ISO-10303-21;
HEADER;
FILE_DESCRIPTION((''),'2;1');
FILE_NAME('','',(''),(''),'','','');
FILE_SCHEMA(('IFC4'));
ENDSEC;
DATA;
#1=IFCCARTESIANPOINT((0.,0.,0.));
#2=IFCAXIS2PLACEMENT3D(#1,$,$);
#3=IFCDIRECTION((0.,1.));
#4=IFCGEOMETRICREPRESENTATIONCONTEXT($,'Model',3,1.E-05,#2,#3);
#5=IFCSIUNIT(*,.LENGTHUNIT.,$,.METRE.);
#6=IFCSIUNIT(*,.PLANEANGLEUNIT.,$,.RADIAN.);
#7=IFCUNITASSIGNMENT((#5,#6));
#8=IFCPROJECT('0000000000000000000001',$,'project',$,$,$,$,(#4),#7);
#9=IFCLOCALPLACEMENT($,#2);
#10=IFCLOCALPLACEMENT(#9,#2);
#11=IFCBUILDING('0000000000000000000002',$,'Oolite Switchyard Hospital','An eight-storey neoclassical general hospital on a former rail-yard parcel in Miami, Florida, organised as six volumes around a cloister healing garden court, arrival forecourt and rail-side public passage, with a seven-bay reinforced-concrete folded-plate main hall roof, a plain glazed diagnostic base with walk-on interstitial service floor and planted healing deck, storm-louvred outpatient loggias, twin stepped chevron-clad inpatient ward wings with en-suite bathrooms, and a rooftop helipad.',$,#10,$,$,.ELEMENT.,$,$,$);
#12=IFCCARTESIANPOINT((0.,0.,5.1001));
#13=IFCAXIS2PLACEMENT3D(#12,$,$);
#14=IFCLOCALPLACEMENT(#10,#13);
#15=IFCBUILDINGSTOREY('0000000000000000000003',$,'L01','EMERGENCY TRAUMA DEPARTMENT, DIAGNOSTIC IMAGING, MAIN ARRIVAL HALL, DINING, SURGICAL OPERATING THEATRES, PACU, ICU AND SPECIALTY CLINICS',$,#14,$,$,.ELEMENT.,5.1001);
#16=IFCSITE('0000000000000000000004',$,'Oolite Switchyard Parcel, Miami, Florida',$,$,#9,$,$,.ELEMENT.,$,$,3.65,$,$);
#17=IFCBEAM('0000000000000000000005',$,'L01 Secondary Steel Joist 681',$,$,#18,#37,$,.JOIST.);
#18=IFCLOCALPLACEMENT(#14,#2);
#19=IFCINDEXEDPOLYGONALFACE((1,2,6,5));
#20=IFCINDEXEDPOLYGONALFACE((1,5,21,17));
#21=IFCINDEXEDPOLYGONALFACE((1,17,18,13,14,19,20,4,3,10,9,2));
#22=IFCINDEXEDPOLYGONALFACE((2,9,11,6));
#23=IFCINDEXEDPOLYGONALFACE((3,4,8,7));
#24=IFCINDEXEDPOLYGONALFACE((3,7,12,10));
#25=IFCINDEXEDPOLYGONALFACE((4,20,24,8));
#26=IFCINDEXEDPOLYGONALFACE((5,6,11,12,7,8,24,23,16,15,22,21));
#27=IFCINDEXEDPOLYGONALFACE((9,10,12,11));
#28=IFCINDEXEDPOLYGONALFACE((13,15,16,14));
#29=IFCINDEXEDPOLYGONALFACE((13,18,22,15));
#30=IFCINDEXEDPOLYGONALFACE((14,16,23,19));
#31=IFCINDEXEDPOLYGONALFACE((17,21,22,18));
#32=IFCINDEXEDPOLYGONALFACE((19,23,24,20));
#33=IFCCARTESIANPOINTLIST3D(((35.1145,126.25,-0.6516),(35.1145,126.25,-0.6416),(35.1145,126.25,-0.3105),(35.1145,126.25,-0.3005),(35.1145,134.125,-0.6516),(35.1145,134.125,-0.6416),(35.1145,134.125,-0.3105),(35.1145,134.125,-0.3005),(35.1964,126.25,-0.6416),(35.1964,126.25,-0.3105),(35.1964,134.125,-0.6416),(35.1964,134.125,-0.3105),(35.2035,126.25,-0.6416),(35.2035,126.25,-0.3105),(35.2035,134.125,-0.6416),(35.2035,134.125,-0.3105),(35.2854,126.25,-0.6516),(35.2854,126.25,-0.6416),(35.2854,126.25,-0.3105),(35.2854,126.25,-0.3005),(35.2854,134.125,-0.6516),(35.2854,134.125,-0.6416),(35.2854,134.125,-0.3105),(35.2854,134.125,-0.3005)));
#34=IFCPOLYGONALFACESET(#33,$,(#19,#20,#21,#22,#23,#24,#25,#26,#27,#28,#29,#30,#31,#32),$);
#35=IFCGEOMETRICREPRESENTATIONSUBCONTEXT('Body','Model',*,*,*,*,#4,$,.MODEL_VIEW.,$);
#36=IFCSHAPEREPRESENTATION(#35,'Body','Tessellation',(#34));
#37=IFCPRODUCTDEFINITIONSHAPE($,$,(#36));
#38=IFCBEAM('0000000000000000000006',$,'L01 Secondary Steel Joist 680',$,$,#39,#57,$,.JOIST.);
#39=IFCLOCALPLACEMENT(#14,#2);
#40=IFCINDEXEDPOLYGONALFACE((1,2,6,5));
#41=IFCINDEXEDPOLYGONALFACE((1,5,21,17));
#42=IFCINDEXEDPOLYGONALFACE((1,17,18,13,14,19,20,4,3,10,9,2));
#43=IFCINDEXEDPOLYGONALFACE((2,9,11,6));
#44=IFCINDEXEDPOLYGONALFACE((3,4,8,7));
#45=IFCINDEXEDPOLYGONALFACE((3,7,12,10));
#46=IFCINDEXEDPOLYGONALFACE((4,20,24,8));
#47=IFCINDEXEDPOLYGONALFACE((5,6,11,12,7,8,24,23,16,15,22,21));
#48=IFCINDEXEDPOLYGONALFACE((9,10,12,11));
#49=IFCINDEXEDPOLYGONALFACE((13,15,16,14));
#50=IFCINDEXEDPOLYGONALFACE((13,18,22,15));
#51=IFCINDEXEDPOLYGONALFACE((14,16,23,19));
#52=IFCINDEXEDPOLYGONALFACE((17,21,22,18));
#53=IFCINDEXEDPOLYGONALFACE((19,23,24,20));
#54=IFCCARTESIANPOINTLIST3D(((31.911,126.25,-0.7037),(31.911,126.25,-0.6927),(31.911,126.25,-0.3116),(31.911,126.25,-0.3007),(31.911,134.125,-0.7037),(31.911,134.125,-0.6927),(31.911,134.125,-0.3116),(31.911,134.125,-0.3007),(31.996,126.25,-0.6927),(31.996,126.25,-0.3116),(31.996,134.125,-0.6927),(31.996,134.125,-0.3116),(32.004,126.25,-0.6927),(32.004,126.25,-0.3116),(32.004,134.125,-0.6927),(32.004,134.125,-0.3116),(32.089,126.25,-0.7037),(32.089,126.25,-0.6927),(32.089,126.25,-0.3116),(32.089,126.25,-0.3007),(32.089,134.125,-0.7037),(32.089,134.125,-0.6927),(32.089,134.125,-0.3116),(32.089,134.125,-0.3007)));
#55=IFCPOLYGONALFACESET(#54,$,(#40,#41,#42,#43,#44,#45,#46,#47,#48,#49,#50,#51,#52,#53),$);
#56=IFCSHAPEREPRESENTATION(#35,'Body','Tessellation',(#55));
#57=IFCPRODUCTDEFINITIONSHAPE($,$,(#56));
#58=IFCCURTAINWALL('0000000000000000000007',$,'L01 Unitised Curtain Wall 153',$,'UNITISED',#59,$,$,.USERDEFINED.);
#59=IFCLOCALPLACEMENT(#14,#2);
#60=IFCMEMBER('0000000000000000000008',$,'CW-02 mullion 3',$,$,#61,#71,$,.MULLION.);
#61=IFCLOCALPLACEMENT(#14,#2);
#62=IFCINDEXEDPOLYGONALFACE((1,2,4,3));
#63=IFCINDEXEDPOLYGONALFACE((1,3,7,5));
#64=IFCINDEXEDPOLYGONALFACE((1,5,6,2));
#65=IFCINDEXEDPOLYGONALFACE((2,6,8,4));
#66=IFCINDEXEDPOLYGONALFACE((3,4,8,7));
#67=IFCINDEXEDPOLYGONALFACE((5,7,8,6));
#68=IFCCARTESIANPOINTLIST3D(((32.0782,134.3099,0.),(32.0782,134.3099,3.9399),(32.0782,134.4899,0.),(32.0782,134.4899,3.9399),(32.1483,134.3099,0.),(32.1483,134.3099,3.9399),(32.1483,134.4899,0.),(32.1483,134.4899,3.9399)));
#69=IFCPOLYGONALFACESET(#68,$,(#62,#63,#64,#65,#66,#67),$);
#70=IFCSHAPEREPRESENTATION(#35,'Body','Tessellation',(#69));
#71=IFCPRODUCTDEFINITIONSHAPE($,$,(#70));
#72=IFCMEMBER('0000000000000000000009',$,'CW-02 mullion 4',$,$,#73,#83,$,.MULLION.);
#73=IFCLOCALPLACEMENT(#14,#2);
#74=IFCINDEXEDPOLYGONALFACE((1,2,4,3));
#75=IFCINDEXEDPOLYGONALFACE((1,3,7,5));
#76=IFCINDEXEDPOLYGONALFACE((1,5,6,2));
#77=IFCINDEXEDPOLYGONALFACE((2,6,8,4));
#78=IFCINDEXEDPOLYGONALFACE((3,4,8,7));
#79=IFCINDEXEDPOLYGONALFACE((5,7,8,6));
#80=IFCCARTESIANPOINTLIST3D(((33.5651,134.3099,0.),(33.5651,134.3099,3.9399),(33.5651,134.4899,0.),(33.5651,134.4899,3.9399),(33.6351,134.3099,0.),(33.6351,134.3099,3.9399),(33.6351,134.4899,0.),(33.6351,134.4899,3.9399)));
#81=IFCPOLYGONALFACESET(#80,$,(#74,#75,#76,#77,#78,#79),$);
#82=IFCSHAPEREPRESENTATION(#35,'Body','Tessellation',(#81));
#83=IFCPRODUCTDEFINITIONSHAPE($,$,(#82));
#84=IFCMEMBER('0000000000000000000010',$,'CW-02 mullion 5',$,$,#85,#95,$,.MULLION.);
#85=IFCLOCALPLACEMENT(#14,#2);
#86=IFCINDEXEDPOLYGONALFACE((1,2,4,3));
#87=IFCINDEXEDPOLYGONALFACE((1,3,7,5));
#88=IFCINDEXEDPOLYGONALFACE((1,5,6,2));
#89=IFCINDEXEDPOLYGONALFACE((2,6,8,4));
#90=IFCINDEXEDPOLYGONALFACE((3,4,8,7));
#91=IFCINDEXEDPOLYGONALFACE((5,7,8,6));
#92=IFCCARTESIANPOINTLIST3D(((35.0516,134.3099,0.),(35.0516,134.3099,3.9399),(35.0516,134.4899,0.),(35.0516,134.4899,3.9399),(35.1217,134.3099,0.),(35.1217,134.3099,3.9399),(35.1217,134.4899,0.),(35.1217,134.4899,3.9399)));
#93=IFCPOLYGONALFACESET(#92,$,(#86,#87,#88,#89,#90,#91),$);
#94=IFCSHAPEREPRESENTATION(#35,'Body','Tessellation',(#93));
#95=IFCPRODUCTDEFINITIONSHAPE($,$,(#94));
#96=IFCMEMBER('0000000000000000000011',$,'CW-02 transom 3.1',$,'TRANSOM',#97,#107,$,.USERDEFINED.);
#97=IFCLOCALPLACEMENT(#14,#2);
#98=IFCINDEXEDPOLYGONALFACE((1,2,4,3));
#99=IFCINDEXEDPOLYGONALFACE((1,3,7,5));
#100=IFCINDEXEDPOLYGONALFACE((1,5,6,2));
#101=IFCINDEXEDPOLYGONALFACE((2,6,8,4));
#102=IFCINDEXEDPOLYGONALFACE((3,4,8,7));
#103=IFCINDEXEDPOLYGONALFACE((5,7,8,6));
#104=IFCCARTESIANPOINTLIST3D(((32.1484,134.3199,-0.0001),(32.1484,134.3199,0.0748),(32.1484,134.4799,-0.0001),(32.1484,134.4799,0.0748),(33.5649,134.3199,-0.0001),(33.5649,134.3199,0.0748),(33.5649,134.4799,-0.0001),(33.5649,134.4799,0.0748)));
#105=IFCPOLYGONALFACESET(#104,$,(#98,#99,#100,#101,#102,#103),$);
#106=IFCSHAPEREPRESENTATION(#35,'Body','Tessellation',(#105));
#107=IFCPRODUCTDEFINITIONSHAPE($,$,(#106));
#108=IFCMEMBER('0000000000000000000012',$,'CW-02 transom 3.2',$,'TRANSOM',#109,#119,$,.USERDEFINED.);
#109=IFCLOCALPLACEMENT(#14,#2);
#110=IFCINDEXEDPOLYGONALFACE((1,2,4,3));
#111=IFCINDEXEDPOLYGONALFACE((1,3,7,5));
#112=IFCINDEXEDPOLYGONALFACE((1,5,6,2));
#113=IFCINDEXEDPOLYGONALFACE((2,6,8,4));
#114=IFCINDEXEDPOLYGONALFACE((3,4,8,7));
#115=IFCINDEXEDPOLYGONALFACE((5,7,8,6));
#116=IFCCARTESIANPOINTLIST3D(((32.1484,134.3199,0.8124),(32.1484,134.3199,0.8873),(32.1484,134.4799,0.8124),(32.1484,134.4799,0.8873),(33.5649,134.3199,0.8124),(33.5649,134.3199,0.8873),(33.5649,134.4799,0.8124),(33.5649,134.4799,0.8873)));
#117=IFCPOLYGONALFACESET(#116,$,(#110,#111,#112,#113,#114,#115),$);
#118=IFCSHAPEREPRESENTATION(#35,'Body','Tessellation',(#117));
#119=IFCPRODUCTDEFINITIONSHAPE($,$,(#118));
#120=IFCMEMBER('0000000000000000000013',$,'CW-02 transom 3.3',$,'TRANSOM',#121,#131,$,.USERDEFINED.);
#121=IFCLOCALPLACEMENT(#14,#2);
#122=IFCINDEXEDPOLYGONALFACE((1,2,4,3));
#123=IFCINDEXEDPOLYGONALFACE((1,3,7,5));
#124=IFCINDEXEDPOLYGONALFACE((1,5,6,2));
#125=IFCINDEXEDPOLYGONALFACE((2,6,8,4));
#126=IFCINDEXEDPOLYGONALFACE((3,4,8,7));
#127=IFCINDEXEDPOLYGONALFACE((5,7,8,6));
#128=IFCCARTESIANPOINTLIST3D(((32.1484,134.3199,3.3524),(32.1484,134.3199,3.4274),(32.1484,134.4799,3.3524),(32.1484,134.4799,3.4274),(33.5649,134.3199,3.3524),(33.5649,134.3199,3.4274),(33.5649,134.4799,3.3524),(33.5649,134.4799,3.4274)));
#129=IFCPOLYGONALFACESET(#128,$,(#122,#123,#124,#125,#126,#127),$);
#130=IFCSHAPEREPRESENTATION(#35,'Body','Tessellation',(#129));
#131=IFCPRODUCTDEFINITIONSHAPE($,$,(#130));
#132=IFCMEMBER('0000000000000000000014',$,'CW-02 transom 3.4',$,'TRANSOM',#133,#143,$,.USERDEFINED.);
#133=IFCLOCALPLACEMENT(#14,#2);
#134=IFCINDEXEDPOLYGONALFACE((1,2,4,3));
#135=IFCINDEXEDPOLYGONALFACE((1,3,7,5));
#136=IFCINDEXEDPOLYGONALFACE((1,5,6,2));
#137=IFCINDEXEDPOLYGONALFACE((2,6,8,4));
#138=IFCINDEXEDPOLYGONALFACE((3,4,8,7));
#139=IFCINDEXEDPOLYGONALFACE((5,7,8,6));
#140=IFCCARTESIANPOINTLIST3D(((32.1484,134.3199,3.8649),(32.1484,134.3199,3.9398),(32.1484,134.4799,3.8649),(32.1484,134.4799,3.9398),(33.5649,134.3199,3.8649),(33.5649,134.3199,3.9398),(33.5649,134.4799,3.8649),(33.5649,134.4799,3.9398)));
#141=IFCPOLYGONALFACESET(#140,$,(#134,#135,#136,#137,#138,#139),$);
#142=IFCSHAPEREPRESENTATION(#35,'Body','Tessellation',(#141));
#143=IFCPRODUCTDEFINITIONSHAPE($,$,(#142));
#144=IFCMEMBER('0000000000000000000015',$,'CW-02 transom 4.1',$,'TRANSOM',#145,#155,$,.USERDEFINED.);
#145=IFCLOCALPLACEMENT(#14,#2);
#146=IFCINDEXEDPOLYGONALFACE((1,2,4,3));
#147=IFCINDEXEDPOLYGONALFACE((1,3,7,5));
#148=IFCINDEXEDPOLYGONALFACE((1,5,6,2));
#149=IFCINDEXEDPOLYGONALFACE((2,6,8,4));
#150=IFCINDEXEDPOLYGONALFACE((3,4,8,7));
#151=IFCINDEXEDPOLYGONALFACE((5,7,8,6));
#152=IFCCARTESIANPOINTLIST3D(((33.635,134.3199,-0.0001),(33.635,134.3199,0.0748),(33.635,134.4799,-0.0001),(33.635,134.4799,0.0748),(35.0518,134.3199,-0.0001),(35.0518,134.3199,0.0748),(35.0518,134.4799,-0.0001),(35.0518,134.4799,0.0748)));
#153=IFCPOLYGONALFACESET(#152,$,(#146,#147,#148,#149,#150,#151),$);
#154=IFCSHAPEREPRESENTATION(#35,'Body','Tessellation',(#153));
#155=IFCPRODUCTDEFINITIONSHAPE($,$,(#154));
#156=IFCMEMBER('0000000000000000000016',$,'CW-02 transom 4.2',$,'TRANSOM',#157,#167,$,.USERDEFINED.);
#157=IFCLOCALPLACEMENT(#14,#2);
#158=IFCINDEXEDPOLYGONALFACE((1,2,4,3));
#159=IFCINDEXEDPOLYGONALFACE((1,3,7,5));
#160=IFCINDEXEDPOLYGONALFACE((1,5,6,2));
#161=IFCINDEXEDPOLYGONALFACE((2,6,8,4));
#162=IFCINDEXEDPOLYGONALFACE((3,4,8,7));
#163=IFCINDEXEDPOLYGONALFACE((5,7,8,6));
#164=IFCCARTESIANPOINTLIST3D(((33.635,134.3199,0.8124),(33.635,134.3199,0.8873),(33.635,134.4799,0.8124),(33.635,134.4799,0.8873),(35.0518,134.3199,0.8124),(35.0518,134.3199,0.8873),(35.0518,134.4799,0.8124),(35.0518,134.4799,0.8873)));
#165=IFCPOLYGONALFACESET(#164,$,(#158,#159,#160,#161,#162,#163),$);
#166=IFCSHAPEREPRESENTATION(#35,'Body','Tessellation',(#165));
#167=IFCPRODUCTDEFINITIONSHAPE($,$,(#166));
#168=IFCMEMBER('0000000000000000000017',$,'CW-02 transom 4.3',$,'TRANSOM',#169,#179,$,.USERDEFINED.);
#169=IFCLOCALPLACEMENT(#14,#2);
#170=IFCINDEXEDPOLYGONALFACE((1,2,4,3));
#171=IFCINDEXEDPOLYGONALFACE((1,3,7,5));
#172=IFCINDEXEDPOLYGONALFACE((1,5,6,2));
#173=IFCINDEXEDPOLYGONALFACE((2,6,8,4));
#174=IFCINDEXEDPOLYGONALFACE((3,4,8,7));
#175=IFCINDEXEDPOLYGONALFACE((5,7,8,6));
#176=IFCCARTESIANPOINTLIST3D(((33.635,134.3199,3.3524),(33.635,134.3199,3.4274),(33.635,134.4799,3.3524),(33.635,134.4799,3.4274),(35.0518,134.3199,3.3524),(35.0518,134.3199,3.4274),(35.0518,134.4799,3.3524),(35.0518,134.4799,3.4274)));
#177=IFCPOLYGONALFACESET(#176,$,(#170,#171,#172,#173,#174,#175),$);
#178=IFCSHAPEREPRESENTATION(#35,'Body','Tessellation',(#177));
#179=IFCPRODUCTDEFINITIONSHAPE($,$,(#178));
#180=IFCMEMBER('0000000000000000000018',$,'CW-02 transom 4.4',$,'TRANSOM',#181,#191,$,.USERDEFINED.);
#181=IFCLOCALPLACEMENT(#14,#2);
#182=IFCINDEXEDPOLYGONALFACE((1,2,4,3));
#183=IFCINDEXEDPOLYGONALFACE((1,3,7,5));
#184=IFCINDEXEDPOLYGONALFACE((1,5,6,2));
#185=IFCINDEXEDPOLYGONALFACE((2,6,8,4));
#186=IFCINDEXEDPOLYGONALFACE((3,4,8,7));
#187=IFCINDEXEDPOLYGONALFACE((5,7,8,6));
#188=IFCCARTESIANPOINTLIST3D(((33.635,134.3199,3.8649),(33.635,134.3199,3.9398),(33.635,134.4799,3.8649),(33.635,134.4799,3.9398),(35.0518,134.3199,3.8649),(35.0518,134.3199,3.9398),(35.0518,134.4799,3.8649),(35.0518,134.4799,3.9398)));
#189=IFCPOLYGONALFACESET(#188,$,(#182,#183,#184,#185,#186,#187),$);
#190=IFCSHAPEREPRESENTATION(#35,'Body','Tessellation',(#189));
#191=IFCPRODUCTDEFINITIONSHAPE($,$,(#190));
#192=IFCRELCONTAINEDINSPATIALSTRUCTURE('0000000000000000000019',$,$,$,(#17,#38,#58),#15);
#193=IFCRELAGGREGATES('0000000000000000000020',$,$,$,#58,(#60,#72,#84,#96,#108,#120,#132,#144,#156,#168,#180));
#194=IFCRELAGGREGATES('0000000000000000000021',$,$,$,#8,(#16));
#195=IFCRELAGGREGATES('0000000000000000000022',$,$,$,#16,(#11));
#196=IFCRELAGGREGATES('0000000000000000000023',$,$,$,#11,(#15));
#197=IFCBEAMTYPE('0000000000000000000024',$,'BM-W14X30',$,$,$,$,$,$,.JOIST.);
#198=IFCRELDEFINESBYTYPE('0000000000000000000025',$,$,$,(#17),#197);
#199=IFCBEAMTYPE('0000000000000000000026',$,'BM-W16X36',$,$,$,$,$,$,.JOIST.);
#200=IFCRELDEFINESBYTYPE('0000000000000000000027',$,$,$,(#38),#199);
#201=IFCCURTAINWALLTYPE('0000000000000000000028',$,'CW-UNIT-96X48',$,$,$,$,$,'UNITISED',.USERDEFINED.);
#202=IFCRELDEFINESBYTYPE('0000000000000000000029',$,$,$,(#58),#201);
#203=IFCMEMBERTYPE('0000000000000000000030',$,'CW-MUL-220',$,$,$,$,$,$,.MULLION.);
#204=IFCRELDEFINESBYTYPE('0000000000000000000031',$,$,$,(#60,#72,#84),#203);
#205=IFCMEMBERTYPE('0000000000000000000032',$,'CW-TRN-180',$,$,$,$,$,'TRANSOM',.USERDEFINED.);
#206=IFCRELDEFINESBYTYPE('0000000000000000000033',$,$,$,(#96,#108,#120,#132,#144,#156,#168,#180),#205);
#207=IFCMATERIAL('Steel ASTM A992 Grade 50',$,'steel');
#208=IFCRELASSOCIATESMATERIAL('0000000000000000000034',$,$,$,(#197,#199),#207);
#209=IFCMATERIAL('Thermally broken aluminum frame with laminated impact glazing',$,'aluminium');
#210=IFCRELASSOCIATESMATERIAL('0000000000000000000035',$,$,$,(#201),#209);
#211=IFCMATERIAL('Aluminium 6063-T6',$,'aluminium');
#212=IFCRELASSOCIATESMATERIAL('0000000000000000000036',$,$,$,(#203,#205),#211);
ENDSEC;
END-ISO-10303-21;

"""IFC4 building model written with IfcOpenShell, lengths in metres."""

from ifc_helpers import new_model, si_unit, direction, frame, origin, origin_2d, place, context, subcontext, project, spatial, rectangle, i_section, extrude, material, material_profile, profile_set, type_object, element, aggregate, save


model = new_model("IFC4")

# Units and contexts
model_context = context("Model", 3, precision=1e-05, world=origin(), true_north=direction((0.0, 1.0)))
body_context = subcontext(model_context, "Body", "Model", "MODEL_VIEW")
ifc_project = project(units=[si_unit("LENGTHUNIT", "METRE"), si_unit("PLANEANGLEUNIT", "RADIAN")], contexts=[model_context])

# Site, building, storey
site_placement = place(None, origin())
site = spatial("IfcSite", under=ifc_project, at=site_placement, Name="Oolite Switchyard Parcel, Miami, Florida", CompositionType="ELEMENT", RefElevation=3.65)
building_placement = place(site_placement, origin())
building = spatial("IfcBuilding", under=site, at=building_placement, Name="Oolite Switchyard Hospital", Description="An eight-storey neoclassical general hospital on a former rail-yard parcel in Miami, Florida, organised as six volumes around a cloister healing garden court, arrival forecourt and rail-side public passage, with a seven-bay reinforced-concrete folded-plate main hall roof, a plain glazed diagnostic base with walk-on interstitial service floor and planted healing deck, storm-louvred outpatient loggias, twin stepped chevron-clad inpatient ward wings with en-suite bathrooms, and a rooftop helipad.", CompositionType="ELEMENT")
storey_placement = place(building_placement, frame((0.0, 0.0, 5.1001)))
storey = spatial("IfcBuildingStorey", under=building, at=storey_placement, Name="L01", Description="EMERGENCY TRAUMA DEPARTMENT, DIAGNOSTIC IMAGING, MAIN ARRIVAL HALL, DINING, SURGICAL OPERATING THEATRES, PACU, ICU AND SPECIALTY CLINICS", CompositionType="ELEMENT", Elevation=5.1001)

# Beams
ifc_material_1 = material(Name="Steel ASTM A992 Grade 50", Category="steel")
ifc_material_profile_1 = material_profile(ifc_material_1, i_section(OverallWidth=0.1709, OverallDepth=0.3511, WebThickness=0.0071, FlangeThickness=0.01, at=origin_2d()), Name="W14X30")
ifc_profile_set_1 = profile_set([ifc_material_profile_1], Name="Steel ASTM A992 Grade 50")
beam_type_1 = type_object("IfcBeamType", Name="BM-W14X30", PredefinedType="JOIST", material=ifc_profile_set_1)
beam_1_placement = place(storey_placement, frame((35.2, 126.25, -0.4761), z_axis=(0.0, 1.0, 0.0), x_axis=(-1.0, 0.0, 0.0)))
element("IfcBeam", 1, at=beam_1_placement, inside=storey, type_object=beam_type_1, Name="L01 Secondary Steel Joist 681", PredefinedType="JOIST", context=body_context, shape_type="SweptSolid", body=[
    extrude(i_section(OverallWidth=0.1709, OverallDepth=0.3511, WebThickness=0.0071, FlangeThickness=0.01, at=origin_2d()), origin(), (0.0, 0.0, 1.0), 7.875),
])
ifc_material_profile_2 = material_profile(ifc_material_1, i_section(OverallWidth=0.178, OverallDepth=0.4031, WebThickness=0.0081, FlangeThickness=0.011, at=origin_2d()), Name="W16X36")
ifc_profile_set_2 = profile_set([ifc_material_profile_2], Name="Steel ASTM A992 Grade 50")
beam_type_2 = type_object("IfcBeamType", Name="BM-W16X36", PredefinedType="JOIST", material=ifc_profile_set_2)
beam_2_placement = place(storey_placement, frame((32.0, 126.25, -0.5022), z_axis=(0.0, 1.0, 0.0), x_axis=(-1.0, 0.0, 0.0)))
element("IfcBeam", 2, at=beam_2_placement, inside=storey, type_object=beam_type_2, Name="L01 Secondary Steel Joist 680", PredefinedType="JOIST", context=body_context, shape_type="SweptSolid", body=[
    extrude(i_section(OverallWidth=0.178, OverallDepth=0.4031, WebThickness=0.0081, FlangeThickness=0.011, at=origin_2d()), origin(), (0.0, 0.0, 1.0), 7.875),
])

# Curtain wall, members
ifc_material_2 = material(Name="Thermally broken aluminum frame with laminated impact glazing", Category="aluminium")
curtain_wall_type = type_object("IfcCurtainWallType", Name="CW-UNIT-96X48", ElementType="UNITISED", PredefinedType="USERDEFINED", material=ifc_material_2)
curtain_wall_placement = place(storey_placement, origin())
curtain_wall = element("IfcCurtainWall", 3, at=curtain_wall_placement, inside=storey, type_object=curtain_wall_type, Name="L01 Unitised Curtain Wall 153", ObjectType="UNITISED", PredefinedType="USERDEFINED")
ifc_material_3 = material(Name="Aluminium 6063-T6", Category="aluminium")
ifc_material_profile_3 = material_profile(ifc_material_3, rectangle(XDim=0.1799, YDim=0.0701, at=origin_2d()), Name="CWM70X180")
ifc_profile_set_3 = profile_set([ifc_material_profile_3], Name="Aluminium 6063-T6")
member_type_1 = type_object("IfcMemberType", Name="CW-MUL-220", PredefinedType="MULLION", material=ifc_profile_set_3)
member_1_placement = place(storey_placement, frame((32.1133, 134.3999, 0.0), z_axis=(0.0, 0.0, 1.0), x_axis=(0.0, 1.0, 0.0)))
member_1 = element("IfcMember", 4, at=member_1_placement, type_object=member_type_1, Name="CW-02 mullion 3", PredefinedType="MULLION", context=body_context, shape_type="SweptSolid", body=[
    extrude(rectangle(XDim=0.1799, YDim=0.0701, at=origin_2d()), origin(), (0.0, 0.0, 1.0), 3.9399),
])
member_2_placement = place(storey_placement, frame((33.6001, 134.3999, 0.0), z_axis=(0.0, 0.0, 1.0), x_axis=(0.0, 1.0, 0.0)))
member_2 = element("IfcMember", 5, at=member_2_placement, type_object=member_type_1, Name="CW-02 mullion 4", PredefinedType="MULLION", context=body_context, shape_type="SweptSolid", body=[
    extrude(rectangle(XDim=0.1799, YDim=0.0701, at=origin_2d()), origin(), (0.0, 0.0, 1.0), 3.9399),
])
member_3_placement = place(storey_placement, frame((35.0867, 134.3999, 0.0), z_axis=(0.0, 0.0, 1.0), x_axis=(0.0, 1.0, 0.0)))
member_3 = element("IfcMember", 6, at=member_3_placement, type_object=member_type_1, Name="CW-02 mullion 5", PredefinedType="MULLION", context=body_context, shape_type="SweptSolid", body=[
    extrude(rectangle(XDim=0.1799, YDim=0.0701, at=origin_2d()), origin(), (0.0, 0.0, 1.0), 3.9399),
])
ifc_material_profile_4 = material_profile(ifc_material_3, rectangle(XDim=0.1599, YDim=0.075, at=origin_2d()), Name="CWT75X160")
ifc_profile_set_4 = profile_set([ifc_material_profile_4], Name="Aluminium 6063-T6")
member_type_2 = type_object("IfcMemberType", Name="CW-TRN-180", ElementType="TRANSOM", PredefinedType="USERDEFINED", material=ifc_profile_set_4)
member_4_placement = place(storey_placement, frame((32.1484, 134.3999, 0.0374), z_axis=(1.0, 0.0, 0.0), x_axis=(0.0, 1.0, 0.0)))
member_4 = element("IfcMember", 7, at=member_4_placement, type_object=member_type_2, Name="CW-02 transom 3.1", ObjectType="TRANSOM", PredefinedType="USERDEFINED", context=body_context, shape_type="SweptSolid", body=[
    extrude(rectangle(XDim=0.1599, YDim=0.075, at=origin_2d()), origin(), (0.0, 0.0, 1.0), 1.4165),
])
member_5_placement = place(storey_placement, frame((32.1484, 134.3999, 0.8499), z_axis=(1.0, 0.0, 0.0), x_axis=(0.0, 1.0, 0.0)))
member_5 = element("IfcMember", 8, at=member_5_placement, type_object=member_type_2, Name="CW-02 transom 3.2", ObjectType="TRANSOM", PredefinedType="USERDEFINED", context=body_context, shape_type="SweptSolid", body=[
    extrude(rectangle(XDim=0.1599, YDim=0.075, at=origin_2d()), origin(), (0.0, 0.0, 1.0), 1.4165),
])
member_6_placement = place(storey_placement, frame((32.1484, 134.3999, 3.3899), z_axis=(1.0, 0.0, 0.0), x_axis=(0.0, 1.0, 0.0)))
member_6 = element("IfcMember", 9, at=member_6_placement, type_object=member_type_2, Name="CW-02 transom 3.3", ObjectType="TRANSOM", PredefinedType="USERDEFINED", context=body_context, shape_type="SweptSolid", body=[
    extrude(rectangle(XDim=0.1599, YDim=0.075, at=origin_2d()), origin(), (0.0, 0.0, 1.0), 1.4165),
])
member_7_placement = place(storey_placement, frame((32.1484, 134.3999, 3.9023), z_axis=(1.0, 0.0, 0.0), x_axis=(0.0, 1.0, 0.0)))
member_7 = element("IfcMember", 10, at=member_7_placement, type_object=member_type_2, Name="CW-02 transom 3.4", ObjectType="TRANSOM", PredefinedType="USERDEFINED", context=body_context, shape_type="SweptSolid", body=[
    extrude(rectangle(XDim=0.1599, YDim=0.075, at=origin_2d()), origin(), (0.0, 0.0, 1.0), 1.4165),
])
member_8_placement = place(storey_placement, frame((33.635, 134.3999, 0.0374), z_axis=(1.0, 0.0, 0.0), x_axis=(0.0, 1.0, 0.0)))
member_8 = element("IfcMember", 11, at=member_8_placement, type_object=member_type_2, Name="CW-02 transom 4.1", ObjectType="TRANSOM", PredefinedType="USERDEFINED", context=body_context, shape_type="SweptSolid", body=[
    extrude(rectangle(XDim=0.1599, YDim=0.075, at=origin_2d()), origin(), (0.0, 0.0, 1.0), 1.4167),
])
member_9_placement = place(storey_placement, frame((33.635, 134.3999, 0.8499), z_axis=(1.0, 0.0, 0.0), x_axis=(0.0, 1.0, 0.0)))
member_9 = element("IfcMember", 12, at=member_9_placement, type_object=member_type_2, Name="CW-02 transom 4.2", ObjectType="TRANSOM", PredefinedType="USERDEFINED", context=body_context, shape_type="SweptSolid", body=[
    extrude(rectangle(XDim=0.1599, YDim=0.075, at=origin_2d()), origin(), (0.0, 0.0, 1.0), 1.4167),
])
member_10_placement = place(storey_placement, frame((33.635, 134.3999, 3.3899), z_axis=(1.0, 0.0, 0.0), x_axis=(0.0, 1.0, 0.0)))
member_10 = element("IfcMember", 13, at=member_10_placement, type_object=member_type_2, Name="CW-02 transom 4.3", ObjectType="TRANSOM", PredefinedType="USERDEFINED", context=body_context, shape_type="SweptSolid", body=[
    extrude(rectangle(XDim=0.1599, YDim=0.075, at=origin_2d()), origin(), (0.0, 0.0, 1.0), 1.4167),
])
member_11_placement = place(storey_placement, frame((33.635, 134.3999, 3.9023), z_axis=(1.0, 0.0, 0.0), x_axis=(0.0, 1.0, 0.0)))
member_11 = element("IfcMember", 14, at=member_11_placement, type_object=member_type_2, Name="CW-02 transom 4.4", ObjectType="TRANSOM", PredefinedType="USERDEFINED", context=body_context, shape_type="SweptSolid", body=[
    extrude(rectangle(XDim=0.1599, YDim=0.075, at=origin_2d()), origin(), (0.0, 0.0, 1.0), 1.4167),
])
aggregate(curtain_wall, [member_1, member_2, member_3, member_4, member_5, member_6, member_7, member_8, member_9, member_10, member_11])

save(model, "model.ifc")
